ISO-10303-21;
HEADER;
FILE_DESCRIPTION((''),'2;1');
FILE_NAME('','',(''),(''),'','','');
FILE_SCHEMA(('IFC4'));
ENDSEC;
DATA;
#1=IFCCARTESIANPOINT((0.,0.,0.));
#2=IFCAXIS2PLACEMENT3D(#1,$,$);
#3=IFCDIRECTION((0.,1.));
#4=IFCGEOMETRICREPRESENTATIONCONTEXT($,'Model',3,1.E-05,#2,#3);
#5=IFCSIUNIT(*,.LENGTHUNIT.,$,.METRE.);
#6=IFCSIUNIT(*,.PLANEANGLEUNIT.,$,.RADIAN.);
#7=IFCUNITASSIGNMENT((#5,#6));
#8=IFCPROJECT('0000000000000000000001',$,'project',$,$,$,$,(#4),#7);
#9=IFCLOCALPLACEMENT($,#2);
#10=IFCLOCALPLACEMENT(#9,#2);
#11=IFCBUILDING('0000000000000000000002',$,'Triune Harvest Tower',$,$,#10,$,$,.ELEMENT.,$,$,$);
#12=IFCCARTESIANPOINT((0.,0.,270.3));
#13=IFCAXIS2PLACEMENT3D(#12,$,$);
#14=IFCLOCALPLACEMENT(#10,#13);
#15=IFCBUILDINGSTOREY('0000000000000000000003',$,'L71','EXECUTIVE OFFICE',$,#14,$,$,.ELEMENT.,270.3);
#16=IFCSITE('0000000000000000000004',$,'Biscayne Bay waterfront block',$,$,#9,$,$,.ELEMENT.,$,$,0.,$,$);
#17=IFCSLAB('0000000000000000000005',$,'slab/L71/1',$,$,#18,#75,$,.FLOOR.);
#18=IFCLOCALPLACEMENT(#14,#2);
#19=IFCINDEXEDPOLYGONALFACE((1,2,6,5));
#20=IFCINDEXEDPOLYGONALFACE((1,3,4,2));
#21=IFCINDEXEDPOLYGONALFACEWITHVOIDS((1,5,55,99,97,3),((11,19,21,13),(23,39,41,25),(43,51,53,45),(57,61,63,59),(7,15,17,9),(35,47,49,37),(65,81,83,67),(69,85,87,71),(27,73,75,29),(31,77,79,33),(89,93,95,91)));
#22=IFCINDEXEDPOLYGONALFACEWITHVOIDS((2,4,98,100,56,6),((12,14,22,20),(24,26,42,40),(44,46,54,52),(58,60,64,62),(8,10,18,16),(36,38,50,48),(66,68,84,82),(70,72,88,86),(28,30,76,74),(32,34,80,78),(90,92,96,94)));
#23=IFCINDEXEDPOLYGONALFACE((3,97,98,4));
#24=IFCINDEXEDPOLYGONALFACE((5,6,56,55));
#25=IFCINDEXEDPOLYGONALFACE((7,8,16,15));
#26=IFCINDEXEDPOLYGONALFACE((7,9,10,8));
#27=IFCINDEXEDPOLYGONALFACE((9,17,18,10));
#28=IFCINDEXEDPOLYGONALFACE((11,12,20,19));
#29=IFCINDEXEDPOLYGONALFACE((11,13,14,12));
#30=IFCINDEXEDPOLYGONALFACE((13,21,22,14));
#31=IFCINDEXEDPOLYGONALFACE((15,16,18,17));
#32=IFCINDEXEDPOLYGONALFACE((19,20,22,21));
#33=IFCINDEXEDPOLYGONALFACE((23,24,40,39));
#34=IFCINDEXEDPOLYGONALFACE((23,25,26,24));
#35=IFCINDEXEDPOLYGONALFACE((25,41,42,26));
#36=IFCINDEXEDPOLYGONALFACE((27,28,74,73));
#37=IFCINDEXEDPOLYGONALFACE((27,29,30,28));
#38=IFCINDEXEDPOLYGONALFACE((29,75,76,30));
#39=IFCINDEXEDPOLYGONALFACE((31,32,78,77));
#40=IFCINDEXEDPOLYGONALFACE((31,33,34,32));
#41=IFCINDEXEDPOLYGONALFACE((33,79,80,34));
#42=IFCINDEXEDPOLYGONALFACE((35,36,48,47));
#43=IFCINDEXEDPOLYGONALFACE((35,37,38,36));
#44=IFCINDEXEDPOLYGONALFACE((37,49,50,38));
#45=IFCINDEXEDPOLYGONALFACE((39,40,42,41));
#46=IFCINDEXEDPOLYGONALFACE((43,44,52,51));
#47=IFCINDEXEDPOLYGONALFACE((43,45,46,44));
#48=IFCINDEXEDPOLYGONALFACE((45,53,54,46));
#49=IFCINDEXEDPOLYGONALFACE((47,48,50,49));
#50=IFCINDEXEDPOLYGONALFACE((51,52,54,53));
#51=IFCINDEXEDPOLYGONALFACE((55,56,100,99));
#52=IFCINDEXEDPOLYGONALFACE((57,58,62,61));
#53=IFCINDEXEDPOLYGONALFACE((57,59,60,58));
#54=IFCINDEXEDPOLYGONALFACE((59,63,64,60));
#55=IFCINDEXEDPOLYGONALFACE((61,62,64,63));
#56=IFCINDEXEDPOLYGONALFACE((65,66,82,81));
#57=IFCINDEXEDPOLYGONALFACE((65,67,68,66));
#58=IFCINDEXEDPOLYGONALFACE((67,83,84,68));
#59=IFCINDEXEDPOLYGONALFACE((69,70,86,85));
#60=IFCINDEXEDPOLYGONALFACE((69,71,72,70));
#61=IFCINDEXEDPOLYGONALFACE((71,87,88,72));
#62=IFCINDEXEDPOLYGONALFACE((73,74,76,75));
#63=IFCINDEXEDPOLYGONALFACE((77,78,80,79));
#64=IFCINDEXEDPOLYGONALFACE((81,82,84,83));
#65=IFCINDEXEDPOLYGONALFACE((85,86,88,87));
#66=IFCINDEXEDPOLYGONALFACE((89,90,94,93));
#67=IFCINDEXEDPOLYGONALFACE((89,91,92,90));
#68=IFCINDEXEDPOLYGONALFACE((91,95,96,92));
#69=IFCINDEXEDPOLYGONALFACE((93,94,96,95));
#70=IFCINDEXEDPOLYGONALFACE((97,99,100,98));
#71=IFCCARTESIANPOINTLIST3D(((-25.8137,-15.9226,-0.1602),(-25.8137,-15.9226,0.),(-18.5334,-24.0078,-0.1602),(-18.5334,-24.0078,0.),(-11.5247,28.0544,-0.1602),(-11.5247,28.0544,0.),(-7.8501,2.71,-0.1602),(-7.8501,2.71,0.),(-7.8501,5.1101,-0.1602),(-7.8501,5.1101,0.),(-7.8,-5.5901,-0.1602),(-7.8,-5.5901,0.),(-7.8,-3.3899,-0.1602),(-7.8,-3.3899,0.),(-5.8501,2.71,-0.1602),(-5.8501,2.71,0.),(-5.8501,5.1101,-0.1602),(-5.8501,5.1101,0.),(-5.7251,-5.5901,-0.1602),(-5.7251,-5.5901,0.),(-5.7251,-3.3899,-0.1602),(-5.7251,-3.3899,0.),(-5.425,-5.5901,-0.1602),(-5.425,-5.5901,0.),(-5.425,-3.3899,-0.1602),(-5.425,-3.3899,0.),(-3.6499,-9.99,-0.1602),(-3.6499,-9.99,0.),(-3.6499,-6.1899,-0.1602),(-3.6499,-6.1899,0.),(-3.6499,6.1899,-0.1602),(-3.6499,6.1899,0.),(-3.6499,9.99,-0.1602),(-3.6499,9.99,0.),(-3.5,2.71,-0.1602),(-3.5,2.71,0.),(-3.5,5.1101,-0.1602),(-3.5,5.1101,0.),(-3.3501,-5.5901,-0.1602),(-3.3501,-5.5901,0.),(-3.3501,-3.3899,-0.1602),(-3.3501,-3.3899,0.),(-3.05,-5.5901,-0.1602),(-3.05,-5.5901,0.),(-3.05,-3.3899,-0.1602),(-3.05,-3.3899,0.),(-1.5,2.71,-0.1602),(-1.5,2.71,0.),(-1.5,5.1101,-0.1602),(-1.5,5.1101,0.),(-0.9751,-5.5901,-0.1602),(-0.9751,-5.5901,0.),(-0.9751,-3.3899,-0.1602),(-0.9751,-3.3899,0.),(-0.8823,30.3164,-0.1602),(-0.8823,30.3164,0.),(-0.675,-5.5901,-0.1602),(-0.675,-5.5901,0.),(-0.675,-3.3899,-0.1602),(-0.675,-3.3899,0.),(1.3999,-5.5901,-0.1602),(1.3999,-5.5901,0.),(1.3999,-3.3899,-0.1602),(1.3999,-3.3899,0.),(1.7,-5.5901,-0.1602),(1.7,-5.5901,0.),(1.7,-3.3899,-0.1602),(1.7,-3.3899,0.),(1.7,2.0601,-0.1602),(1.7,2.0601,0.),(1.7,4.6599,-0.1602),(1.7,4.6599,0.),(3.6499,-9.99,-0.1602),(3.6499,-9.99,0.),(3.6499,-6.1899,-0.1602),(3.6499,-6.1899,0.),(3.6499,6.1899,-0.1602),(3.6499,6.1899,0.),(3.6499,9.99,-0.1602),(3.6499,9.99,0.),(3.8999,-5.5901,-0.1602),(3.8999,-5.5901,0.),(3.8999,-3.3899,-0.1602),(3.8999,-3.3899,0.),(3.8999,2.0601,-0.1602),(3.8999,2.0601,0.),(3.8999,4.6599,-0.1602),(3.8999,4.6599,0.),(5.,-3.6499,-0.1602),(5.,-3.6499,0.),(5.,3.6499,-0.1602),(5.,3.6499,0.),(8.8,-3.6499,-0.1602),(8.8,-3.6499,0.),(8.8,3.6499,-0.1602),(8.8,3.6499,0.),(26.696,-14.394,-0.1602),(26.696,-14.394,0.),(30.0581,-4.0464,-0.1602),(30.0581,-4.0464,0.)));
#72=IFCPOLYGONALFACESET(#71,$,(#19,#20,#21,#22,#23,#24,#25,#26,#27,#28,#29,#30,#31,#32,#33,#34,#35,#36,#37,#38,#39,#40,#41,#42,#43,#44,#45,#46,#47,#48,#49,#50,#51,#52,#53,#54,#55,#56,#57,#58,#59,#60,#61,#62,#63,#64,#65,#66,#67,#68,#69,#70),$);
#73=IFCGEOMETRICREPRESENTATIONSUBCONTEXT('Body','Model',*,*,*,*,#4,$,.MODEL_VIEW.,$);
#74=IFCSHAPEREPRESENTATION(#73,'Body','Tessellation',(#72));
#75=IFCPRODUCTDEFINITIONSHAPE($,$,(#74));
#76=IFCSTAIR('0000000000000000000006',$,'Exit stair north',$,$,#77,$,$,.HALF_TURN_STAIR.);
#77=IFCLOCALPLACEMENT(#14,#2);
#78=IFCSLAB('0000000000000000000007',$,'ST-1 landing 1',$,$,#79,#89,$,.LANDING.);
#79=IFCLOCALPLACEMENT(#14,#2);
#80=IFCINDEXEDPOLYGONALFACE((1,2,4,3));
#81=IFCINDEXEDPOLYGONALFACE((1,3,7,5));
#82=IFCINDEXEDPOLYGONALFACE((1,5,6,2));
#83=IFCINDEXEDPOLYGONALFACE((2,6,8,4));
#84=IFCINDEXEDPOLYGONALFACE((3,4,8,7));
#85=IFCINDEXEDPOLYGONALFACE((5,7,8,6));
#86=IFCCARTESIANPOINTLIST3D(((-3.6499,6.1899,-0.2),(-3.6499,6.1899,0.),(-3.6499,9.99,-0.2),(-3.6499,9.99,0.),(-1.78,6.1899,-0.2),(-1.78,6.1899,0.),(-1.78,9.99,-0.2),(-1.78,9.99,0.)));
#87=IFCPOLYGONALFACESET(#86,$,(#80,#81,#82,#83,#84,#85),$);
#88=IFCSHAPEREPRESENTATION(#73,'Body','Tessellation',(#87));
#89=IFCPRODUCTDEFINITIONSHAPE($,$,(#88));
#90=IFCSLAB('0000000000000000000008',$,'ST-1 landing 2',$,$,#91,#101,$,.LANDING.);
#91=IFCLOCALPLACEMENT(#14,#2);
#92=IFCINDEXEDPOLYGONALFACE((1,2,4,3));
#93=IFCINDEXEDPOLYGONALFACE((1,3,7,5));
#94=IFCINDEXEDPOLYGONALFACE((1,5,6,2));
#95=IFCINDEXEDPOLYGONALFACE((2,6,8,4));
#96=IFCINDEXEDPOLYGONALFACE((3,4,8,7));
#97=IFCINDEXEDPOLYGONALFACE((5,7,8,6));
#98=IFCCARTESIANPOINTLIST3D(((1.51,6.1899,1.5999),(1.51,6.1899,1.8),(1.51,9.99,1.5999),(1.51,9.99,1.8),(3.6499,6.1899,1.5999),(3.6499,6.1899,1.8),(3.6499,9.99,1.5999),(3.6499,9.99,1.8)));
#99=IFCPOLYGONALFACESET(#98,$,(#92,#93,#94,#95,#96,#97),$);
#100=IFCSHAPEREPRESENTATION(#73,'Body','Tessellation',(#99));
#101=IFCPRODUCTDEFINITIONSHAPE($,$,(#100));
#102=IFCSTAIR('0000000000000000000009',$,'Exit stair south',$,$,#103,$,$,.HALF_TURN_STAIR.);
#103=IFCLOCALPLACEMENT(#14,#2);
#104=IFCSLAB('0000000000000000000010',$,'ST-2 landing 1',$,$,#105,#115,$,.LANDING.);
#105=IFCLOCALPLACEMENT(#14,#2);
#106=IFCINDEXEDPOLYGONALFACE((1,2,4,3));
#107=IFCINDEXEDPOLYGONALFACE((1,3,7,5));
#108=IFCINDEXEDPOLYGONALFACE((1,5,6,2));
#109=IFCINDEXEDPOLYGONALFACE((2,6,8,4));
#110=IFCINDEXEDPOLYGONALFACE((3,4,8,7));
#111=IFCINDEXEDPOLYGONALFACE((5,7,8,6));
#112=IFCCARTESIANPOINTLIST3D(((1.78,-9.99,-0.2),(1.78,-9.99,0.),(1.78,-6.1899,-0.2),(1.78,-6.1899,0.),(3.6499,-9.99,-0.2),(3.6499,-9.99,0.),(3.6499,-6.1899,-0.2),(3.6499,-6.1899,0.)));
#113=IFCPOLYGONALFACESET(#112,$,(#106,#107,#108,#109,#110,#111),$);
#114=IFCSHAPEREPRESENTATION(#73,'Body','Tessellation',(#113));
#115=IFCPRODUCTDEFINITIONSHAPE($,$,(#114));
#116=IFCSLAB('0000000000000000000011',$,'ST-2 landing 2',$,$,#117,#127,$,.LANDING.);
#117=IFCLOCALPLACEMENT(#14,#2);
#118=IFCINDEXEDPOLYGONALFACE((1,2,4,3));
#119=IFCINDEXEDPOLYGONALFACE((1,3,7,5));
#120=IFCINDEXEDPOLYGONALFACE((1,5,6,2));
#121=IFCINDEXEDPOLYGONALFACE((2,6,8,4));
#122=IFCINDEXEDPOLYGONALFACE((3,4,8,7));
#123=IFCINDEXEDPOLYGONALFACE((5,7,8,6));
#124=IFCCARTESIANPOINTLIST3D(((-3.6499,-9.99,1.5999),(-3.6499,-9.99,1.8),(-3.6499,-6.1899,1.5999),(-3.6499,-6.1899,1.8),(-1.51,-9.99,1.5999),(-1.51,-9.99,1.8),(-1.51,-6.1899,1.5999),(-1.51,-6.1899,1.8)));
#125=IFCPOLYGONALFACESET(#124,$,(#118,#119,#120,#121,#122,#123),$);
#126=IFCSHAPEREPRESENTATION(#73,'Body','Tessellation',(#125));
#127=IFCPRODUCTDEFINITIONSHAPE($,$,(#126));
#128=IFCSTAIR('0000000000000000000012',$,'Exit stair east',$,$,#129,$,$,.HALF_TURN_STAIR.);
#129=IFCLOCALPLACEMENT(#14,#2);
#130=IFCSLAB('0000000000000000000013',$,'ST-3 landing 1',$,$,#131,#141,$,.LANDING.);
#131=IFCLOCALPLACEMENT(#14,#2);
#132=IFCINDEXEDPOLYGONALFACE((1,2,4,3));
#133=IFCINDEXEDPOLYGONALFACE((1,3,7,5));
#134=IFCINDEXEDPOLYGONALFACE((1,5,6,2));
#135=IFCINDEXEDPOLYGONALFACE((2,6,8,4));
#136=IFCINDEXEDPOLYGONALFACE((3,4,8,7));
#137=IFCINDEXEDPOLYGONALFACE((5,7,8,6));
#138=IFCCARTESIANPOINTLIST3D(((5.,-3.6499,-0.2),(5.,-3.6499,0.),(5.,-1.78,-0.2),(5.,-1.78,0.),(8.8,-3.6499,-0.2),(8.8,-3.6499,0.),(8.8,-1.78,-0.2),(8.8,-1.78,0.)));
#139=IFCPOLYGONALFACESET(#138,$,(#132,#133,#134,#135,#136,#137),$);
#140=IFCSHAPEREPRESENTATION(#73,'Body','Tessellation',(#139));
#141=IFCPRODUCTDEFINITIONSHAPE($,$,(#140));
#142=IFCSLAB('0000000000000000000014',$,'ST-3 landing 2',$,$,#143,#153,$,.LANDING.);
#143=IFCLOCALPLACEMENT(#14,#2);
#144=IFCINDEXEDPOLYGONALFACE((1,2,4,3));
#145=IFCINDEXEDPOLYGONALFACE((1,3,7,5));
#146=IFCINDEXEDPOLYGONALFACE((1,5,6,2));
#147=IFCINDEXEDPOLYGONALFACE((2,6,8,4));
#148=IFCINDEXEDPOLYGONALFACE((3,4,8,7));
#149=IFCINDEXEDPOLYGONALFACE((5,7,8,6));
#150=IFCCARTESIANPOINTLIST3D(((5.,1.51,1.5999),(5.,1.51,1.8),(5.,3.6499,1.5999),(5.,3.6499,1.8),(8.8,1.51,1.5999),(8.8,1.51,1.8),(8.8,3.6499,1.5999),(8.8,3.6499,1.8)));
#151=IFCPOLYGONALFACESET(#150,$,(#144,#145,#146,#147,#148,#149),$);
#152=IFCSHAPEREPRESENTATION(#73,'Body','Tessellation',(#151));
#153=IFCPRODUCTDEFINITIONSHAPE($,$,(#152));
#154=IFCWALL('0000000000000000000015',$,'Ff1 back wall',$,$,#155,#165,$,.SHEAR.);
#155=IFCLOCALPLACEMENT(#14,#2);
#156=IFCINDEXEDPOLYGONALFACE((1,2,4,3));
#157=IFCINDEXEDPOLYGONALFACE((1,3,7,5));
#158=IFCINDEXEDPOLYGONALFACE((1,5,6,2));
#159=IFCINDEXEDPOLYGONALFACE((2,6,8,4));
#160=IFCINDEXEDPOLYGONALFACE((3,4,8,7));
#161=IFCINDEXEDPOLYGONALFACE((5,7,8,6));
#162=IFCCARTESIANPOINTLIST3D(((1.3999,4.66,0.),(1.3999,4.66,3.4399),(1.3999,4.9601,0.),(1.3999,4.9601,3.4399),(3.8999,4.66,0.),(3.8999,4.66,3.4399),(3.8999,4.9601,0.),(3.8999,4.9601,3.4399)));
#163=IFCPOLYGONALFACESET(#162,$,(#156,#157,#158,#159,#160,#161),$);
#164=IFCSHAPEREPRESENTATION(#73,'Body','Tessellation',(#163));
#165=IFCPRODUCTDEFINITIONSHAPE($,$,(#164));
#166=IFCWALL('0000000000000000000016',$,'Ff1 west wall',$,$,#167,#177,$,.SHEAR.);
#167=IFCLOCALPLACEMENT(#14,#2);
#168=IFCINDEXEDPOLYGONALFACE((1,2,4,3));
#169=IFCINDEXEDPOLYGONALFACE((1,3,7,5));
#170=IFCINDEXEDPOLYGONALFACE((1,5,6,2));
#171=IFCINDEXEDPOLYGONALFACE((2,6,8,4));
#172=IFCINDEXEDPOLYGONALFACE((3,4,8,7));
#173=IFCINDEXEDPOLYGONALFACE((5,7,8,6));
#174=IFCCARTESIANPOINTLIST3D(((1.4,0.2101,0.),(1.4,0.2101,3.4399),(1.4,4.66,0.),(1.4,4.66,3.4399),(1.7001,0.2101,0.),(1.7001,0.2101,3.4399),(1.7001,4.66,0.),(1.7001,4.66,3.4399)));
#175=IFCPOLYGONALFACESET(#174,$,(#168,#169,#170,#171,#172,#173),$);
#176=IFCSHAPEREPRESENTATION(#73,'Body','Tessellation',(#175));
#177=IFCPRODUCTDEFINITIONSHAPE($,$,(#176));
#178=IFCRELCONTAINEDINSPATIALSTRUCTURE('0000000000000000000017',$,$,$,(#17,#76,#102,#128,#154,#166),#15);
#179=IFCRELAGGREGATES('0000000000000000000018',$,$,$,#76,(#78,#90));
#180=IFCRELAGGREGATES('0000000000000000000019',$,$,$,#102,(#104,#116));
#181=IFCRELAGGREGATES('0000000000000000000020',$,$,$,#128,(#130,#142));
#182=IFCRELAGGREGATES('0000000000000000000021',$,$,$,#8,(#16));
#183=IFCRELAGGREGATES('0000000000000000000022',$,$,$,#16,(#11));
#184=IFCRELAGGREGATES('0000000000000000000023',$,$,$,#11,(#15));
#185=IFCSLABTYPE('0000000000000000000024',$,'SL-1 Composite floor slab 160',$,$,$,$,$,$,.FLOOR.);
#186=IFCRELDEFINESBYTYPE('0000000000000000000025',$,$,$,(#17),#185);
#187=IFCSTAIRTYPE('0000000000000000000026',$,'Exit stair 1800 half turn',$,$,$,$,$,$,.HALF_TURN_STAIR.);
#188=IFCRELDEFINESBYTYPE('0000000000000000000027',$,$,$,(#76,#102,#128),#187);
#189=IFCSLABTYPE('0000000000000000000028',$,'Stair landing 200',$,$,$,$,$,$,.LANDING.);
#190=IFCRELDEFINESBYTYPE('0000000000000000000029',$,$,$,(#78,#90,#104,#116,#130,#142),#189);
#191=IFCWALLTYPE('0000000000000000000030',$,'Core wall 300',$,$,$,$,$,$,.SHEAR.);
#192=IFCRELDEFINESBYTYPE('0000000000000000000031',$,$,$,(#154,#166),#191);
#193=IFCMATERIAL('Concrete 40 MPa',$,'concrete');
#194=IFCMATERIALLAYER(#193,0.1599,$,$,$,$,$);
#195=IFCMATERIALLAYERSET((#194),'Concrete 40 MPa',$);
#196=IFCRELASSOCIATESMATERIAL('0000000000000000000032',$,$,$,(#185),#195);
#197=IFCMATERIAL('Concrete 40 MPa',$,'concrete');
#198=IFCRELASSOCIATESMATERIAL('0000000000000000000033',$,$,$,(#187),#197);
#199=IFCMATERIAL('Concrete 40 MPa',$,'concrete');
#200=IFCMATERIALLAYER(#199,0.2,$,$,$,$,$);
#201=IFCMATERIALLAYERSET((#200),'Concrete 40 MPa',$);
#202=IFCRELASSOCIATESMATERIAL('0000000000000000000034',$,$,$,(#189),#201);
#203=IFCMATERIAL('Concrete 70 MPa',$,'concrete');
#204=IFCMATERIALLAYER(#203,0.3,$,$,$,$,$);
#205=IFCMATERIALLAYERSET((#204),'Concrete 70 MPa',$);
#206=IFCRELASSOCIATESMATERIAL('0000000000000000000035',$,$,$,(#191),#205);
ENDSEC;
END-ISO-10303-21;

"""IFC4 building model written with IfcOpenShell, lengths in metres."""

from ifc_helpers import new_model, si_unit, direction, frame, frame_2d, origin, place, context, subcontext, project, spatial, polyline, rectangle, outline, extrude, source, transform, mapped, material, layer, layer_set, type_object, element, aggregate, save


model = new_model("IFC4")

# Units and contexts
model_context = context("Model", 3, precision=1e-05, world=origin(), true_north=direction((0.0, 1.0)))
body_context = subcontext(model_context, "Body", "Model", "MODEL_VIEW")
ifc_project = project(units=[si_unit("LENGTHUNIT", "METRE"), si_unit("PLANEANGLEUNIT", "RADIAN")], contexts=[model_context])

# Site, building, storey
site_placement = place(None, origin())
site = spatial("IfcSite", under=ifc_project, at=site_placement, Name="Biscayne Bay waterfront block", CompositionType="ELEMENT", RefElevation=0.0)
building_placement = place(site_placement, origin())
building = spatial("IfcBuilding", under=site, at=building_placement, Name="Triune Harvest Tower", CompositionType="ELEMENT")
storey_placement = place(building_placement, frame((0.0, 0.0, 270.3)))
storey = spatial("IfcBuildingStorey", under=building, at=storey_placement, Name="L71", Description="EXECUTIVE OFFICE", CompositionType="ELEMENT", Elevation=270.3)

# Slab
ifc_material_1 = material(Name="Concrete 40 MPa", Category="concrete")
ifc_layer_1 = layer(ifc_material_1, 0.1599)
ifc_layer_set_1 = layer_set([ifc_layer_1], Name="Concrete 40 MPa")
slab_type_1 = type_object("IfcSlabType", Name="SL-1 Composite floor slab 160", PredefinedType="FLOOR", material=ifc_layer_set_1)
shared_shape_1 = source(origin(), body_context, "Body", "SweptSolid", [
    extrude(outline(polyline([(30.0581, -4.0464), (-0.8823, 30.3164), (-11.5247, 28.0544), (-25.8137, -15.9226), (-18.5334, -24.0078), (26.696, -14.394), (30.0581, -4.0464)]), holes=[polyline([(-5.7251, -5.5901), (-5.7251, -3.3899), (-7.8, -3.3899), (-7.8, -5.5901), (-5.7251, -5.5901)]), polyline([(-3.3501, -5.5901), (-3.3501, -3.3899), (-5.425, -3.3899), (-5.425, -5.5901), (-3.3501, -5.5901)]), polyline([(-0.9751, -5.5901), (-0.9751, -3.3899), (-3.05, -3.3899), (-3.05, -5.5901), (-0.9751, -5.5901)]), polyline([(1.3999, -5.5901), (1.3999, -3.3899), (-0.675, -3.3899), (-0.675, -5.5901), (1.3999, -5.5901)]), polyline([(3.8999, 2.0601), (3.8999, 4.6599), (1.7, 4.6599), (1.7, 2.0601), (3.8999, 2.0601)]), polyline([(3.8999, -5.5901), (3.8999, -3.3899), (1.7, -3.3899), (1.7, -5.5901), (3.8999, -5.5901)]), polyline([(-5.8501, 2.71), (-5.8501, 5.1101), (-7.8501, 5.1101), (-7.8501, 2.71), (-5.8501, 2.71)]), polyline([(-1.5, 2.71), (-1.5, 5.1101), (-3.5, 5.1101), (-3.5, 2.71), (-1.5, 2.71)]), polyline([(3.6499, 6.1899), (3.6499, 9.99), (-3.6499, 9.99), (-3.6499, 6.1899), (3.6499, 6.1899)]), polyline([(3.6499, -9.99), (3.6499, -6.1899), (-3.6499, -6.1899), (-3.6499, -9.99), (3.6499, -9.99)]), polyline([(8.8, -3.6499), (8.8, 3.6499), (5.0, 3.6499), (5.0, -3.6499), (8.8, -3.6499)])]), origin(), (0.0, 0.0, 1.0), 0.1602),
])
slab_1_placement = place(storey_placement, frame((0.0, 0.0, -0.1602)))
element("IfcSlab", 1, at=slab_1_placement, inside=storey, type_object=slab_type_1, Name="slab/L71/1", PredefinedType="FLOOR", context=body_context, shape_type="MappedRepresentation", body=[
    mapped(shared_shape_1, transform((0.0, 0.0, 0.0), scale=1.0)),
])

# Stairs, slabs
ifc_material_2 = material(Name="Concrete 40 MPa", Category="concrete")
stair_type = type_object("IfcStairType", Name="Exit stair 1800 half turn", PredefinedType="HALF_TURN_STAIR", material=ifc_material_2)
stair_1_placement = place(storey_placement, origin())
stair_1 = element("IfcStair", 2, at=stair_1_placement, inside=storey, type_object=stair_type, Name="Exit stair north", PredefinedType="HALF_TURN_STAIR")
ifc_material_3 = material(Name="Concrete 40 MPa", Category="concrete")
ifc_layer_2 = layer(ifc_material_3, 0.2)
ifc_layer_set_2 = layer_set([ifc_layer_2], Name="Concrete 40 MPa")
slab_type_2 = type_object("IfcSlabType", Name="Stair landing 200", PredefinedType="LANDING", material=ifc_layer_set_2)
shared_shape_2 = source(origin(), body_context, "Body", "SweptSolid", [
    extrude(outline(polyline([(-3.6499, 6.1899), (-1.78, 6.1899), (-1.78, 9.99), (-3.6499, 9.99), (-3.6499, 6.1899)])), origin(), (0.0, 0.0, 1.0), 0.2),
])
slab_2_placement = place(storey_placement, frame((0.0, 0.0, -0.2)))
slab_2 = element("IfcSlab", 3, at=slab_2_placement, type_object=slab_type_2, Name="ST-1 landing 1", PredefinedType="LANDING", context=body_context, shape_type="MappedRepresentation", body=[
    mapped(shared_shape_2, transform((0.0, 0.0, 0.0), scale=1.0)),
])
shared_shape_3 = source(origin(), body_context, "Body", "SweptSolid", [
    extrude(outline(polyline([(1.51, 6.1899), (3.6499, 6.1899), (3.6499, 9.99), (1.51, 9.99), (1.51, 6.1899)])), origin(), (0.0, 0.0, 1.0), 0.2002),
])
slab_3_placement = place(storey_placement, frame((0.0, 0.0, 1.5999)))
slab_3 = element("IfcSlab", 4, at=slab_3_placement, type_object=slab_type_2, Name="ST-1 landing 2", PredefinedType="LANDING", context=body_context, shape_type="MappedRepresentation", body=[
    mapped(shared_shape_3, transform((0.0, 0.0, 0.0), scale=1.0)),
])
aggregate(stair_1, [slab_2, slab_3])
stair_2_placement = place(storey_placement, origin())
stair_2 = element("IfcStair", 5, at=stair_2_placement, inside=storey, type_object=stair_type, Name="Exit stair south", PredefinedType="HALF_TURN_STAIR")
shared_shape_4 = source(origin(), body_context, "Body", "SweptSolid", [
    extrude(outline(polyline([(3.6499, -6.1899), (1.78, -6.1899), (1.78, -9.99), (3.6499, -9.99), (3.6499, -6.1899)])), origin(), (0.0, 0.0, 1.0), 0.2),
])
slab_4_placement = place(storey_placement, frame((0.0, 0.0, -0.2)))
slab_4 = element("IfcSlab", 6, at=slab_4_placement, type_object=slab_type_2, Name="ST-2 landing 1", PredefinedType="LANDING", context=body_context, shape_type="MappedRepresentation", body=[
    mapped(shared_shape_4, transform((0.0, 0.0, 0.0), scale=1.0)),
])
shared_shape_5 = source(origin(), body_context, "Body", "SweptSolid", [
    extrude(outline(polyline([(-1.51, -6.1899), (-3.6499, -6.1899), (-3.6499, -9.99), (-1.51, -9.99), (-1.51, -6.1899)])), origin(), (0.0, 0.0, 1.0), 0.2002),
])
slab_5_placement = place(storey_placement, frame((0.0, 0.0, 1.5999)))
slab_5 = element("IfcSlab", 7, at=slab_5_placement, type_object=slab_type_2, Name="ST-2 landing 2", PredefinedType="LANDING", context=body_context, shape_type="MappedRepresentation", body=[
    mapped(shared_shape_5, transform((0.0, 0.0, 0.0), scale=1.0)),
])
aggregate(stair_2, [slab_4, slab_5])
stair_3_placement = place(storey_placement, origin())
stair_3 = element("IfcStair", 8, at=stair_3_placement, inside=storey, type_object=stair_type, Name="Exit stair east", PredefinedType="HALF_TURN_STAIR")
shared_shape_6 = source(origin(), body_context, "Body", "SweptSolid", [
    extrude(outline(polyline([(8.8, -3.6499), (8.8, -1.78), (5.0, -1.78), (5.0, -3.6499), (8.8, -3.6499)])), origin(), (0.0, 0.0, 1.0), 0.2),
])
slab_6_placement = place(storey_placement, frame((0.0, 0.0, -0.2)))
slab_6 = element("IfcSlab", 9, at=slab_6_placement, type_object=slab_type_2, Name="ST-3 landing 1", PredefinedType="LANDING", context=body_context, shape_type="MappedRepresentation", body=[
    mapped(shared_shape_6, transform((0.0, 0.0, 0.0), scale=1.0)),
])
shared_shape_7 = source(origin(), body_context, "Body", "SweptSolid", [
    extrude(outline(polyline([(8.8, 1.51), (8.8, 3.6499), (5.0, 3.6499), (5.0, 1.51), (8.8, 1.51)])), origin(), (0.0, 0.0, 1.0), 0.2002),
])
slab_7_placement = place(storey_placement, frame((0.0, 0.0, 1.5999)))
slab_7 = element("IfcSlab", 10, at=slab_7_placement, type_object=slab_type_2, Name="ST-3 landing 2", PredefinedType="LANDING", context=body_context, shape_type="MappedRepresentation", body=[
    mapped(shared_shape_7, transform((0.0, 0.0, 0.0), scale=1.0)),
])

# Walls
ifc_material_4 = material(Name="Concrete 70 MPa", Category="concrete")
ifc_layer_3 = layer(ifc_material_4, 0.3)
ifc_layer_set_3 = layer_set([ifc_layer_3], Name="Concrete 70 MPa")
wall_type_1 = type_object("IfcWallType", Name="Core wall 300", PredefinedType="SHEAR", material=ifc_layer_set_3)
shared_shape_8 = source(origin(), body_context, "Body", "SweptSolid", [
    extrude(rectangle(XDim=2.5, YDim=0.3, at=frame_2d((1.25, 0.0))), origin(), (0.0, 0.0, 1.0), 3.4399),
])
wall_1_placement = place(storey_placement, frame((1.3999, 4.8101, 0.0), z_axis=(0.0, 0.0, 1.0), x_axis=(1.0, 0.0, 0.0)))
element("IfcWall", 11, at=wall_1_placement, inside=storey, type_object=wall_type_1, Name="Ff1 back wall", PredefinedType="SHEAR", context=body_context, shape_type="MappedRepresentation", body=[
    mapped(shared_shape_8, transform((0.0, 0.0, 0.0), scale=1.0)),
])
shared_shape_9 = source(origin(), body_context, "Body", "SweptSolid", [
    extrude(rectangle(XDim=4.45, YDim=0.3, at=frame_2d((2.2251, 0.0))), origin(), (0.0, 0.0, 1.0), 3.4399),
])
wall_2_placement = place(storey_placement, frame((1.55, 0.21, 0.0), z_axis=(0.0, 0.0, 1.0), x_axis=(0.0, 1.0, 0.0)))
element("IfcWall", 12, at=wall_2_placement, inside=storey, type_object=wall_type_1, Name="Ff1 west wall", PredefinedType="SHEAR", context=body_context, shape_type="MappedRepresentation", body=[
    mapped(shared_shape_9, transform((0.0, 0.0, 0.0), scale=1.0)),
])

aggregate(stair_3, [slab_6, slab_7])

save(model, "model.ifc")
